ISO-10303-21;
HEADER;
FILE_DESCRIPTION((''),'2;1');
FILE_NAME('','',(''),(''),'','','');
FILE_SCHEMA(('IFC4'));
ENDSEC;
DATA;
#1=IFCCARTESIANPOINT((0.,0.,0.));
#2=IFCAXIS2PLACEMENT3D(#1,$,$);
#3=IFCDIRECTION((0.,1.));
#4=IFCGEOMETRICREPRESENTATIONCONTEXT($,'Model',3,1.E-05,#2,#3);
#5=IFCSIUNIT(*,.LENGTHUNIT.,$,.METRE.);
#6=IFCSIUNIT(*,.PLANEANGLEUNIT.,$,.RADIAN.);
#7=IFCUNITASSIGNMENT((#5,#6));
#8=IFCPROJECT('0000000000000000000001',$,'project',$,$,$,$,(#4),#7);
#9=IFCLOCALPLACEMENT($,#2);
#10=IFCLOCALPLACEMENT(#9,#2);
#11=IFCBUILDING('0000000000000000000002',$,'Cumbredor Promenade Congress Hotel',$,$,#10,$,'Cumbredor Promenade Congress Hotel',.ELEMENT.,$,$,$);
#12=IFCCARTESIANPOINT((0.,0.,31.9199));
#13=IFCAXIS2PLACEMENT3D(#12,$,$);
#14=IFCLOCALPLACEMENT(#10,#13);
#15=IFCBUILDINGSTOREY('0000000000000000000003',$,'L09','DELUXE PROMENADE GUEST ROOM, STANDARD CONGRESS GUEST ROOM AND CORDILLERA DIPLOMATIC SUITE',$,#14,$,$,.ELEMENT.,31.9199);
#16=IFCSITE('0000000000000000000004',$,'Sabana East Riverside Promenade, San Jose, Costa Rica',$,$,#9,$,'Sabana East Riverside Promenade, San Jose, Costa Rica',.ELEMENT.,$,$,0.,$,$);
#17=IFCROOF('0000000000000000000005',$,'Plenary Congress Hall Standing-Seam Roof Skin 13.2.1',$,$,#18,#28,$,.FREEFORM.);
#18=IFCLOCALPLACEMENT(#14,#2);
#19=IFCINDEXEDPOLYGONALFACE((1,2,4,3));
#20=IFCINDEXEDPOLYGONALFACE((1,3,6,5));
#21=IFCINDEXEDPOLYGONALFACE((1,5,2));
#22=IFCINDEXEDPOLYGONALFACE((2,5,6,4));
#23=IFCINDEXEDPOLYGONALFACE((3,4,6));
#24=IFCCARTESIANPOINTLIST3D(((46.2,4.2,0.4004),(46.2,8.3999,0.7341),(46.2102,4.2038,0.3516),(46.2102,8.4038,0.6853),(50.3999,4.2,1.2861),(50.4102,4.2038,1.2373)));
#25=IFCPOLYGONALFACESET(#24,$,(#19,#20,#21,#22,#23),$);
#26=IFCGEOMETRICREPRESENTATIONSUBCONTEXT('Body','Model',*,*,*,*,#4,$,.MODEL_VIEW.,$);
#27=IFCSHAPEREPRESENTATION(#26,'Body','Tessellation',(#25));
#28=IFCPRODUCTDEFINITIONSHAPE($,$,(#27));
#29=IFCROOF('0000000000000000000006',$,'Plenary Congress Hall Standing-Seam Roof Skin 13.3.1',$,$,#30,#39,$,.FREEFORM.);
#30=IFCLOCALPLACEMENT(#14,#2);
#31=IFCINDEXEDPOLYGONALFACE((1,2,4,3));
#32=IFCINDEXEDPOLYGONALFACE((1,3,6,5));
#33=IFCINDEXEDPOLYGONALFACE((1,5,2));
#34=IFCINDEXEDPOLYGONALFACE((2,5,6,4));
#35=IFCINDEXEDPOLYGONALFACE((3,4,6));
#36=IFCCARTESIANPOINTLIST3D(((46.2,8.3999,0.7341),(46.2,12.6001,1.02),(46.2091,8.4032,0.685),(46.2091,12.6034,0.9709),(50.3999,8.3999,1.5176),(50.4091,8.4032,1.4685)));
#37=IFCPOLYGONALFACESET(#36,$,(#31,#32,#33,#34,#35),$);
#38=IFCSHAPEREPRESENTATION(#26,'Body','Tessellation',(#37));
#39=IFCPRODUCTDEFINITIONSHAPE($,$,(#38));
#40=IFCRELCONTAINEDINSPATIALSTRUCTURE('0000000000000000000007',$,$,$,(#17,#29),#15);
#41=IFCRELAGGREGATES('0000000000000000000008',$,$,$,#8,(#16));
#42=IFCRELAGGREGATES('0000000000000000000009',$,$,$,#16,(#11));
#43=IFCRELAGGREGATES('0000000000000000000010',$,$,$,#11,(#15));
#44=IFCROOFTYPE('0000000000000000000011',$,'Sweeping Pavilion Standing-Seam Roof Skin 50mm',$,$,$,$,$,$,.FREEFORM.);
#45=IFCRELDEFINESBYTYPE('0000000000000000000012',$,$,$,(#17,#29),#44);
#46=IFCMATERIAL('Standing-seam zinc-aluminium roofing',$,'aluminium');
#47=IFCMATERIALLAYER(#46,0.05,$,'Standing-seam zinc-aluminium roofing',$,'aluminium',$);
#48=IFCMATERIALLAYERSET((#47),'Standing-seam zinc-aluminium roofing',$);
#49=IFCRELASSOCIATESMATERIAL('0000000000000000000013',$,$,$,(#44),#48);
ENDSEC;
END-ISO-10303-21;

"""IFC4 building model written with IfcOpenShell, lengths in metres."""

from ifc_helpers import new_model, si_unit, direction, frame, origin, place, context, subcontext, project, spatial, polyline, outline, extrude, material, layer, layer_set, type_object, element, save


model = new_model("IFC4")

# Units and contexts
model_context = context("Model", 3, precision=1e-05, world=origin(), true_north=direction((0.0, 1.0)))
body_context = subcontext(model_context, "Body", "Model", "MODEL_VIEW")
ifc_project = project(units=[si_unit("LENGTHUNIT", "METRE"), si_unit("PLANEANGLEUNIT", "RADIAN")], contexts=[model_context])

# Site, building, storey
site_placement = place(None, origin())
site = spatial("IfcSite", under=ifc_project, at=site_placement, Name="Sabana East Riverside Promenade, San Jose, Costa Rica", LongName="Sabana East Riverside Promenade, San Jose, Costa Rica", CompositionType="ELEMENT", RefElevation=0.0)
building_placement = place(site_placement, origin())
building = spatial("IfcBuilding", under=site, at=building_placement, Name="Cumbredor Promenade Congress Hotel", LongName="Cumbredor Promenade Congress Hotel", CompositionType="ELEMENT")
storey_placement = place(building_placement, frame((0.0, 0.0, 31.9199)))
storey = spatial("IfcBuildingStorey", under=building, at=storey_placement, Name="L09", Description="DELUXE PROMENADE GUEST ROOM, STANDARD CONGRESS GUEST ROOM AND CORDILLERA DIPLOMATIC SUITE", CompositionType="ELEMENT", Elevation=31.9199)

# Roofs
ifc_material_1 = material(Name="Standing-seam zinc-aluminium roofing", Category="aluminium")
ifc_layer_1 = layer(ifc_material_1, 0.05, Name="Standing-seam zinc-aluminium roofing", Category="aluminium")
ifc_layer_set_1 = layer_set([ifc_layer_1], Name="Standing-seam zinc-aluminium roofing")
roof_type = type_object("IfcRoofType", Name="Sweeping Pavilion Standing-Seam Roof Skin 50mm", PredefinedType="FREEFORM", material=ifc_layer_set_1)
roof_1_placement = place(storey_placement, frame((46.2, 4.2, 0.4004), z_axis=(-0.205734, -0.077519, 0.975533), x_axis=(0.978477, 0.0, 0.206354)))
element("IfcRoof", 1, at=roof_1_placement, inside=storey, type_object=roof_type, Name="Plenary Congress Hall Standing-Seam Roof Skin 13.2.1", PredefinedType="FREEFORM", context=body_context, shape_type="SweptSolid", body=[
    extrude(outline(polyline([(0.0, 0.0), (4.2923, 0.0), (0.0689, 4.2126), (0.0, 0.0)])), origin(), (0.0, 0.0, -1.0), 0.05),
])
roof_2_placement = place(storey_placement, frame((46.2, 8.3999, 0.7341), z_axis=(-0.182965, -0.066762, 0.98085), x_axis=(0.983043, 0.0, 0.183374)))
element("IfcRoof", 2, at=roof_2_placement, inside=storey, type_object=roof_type, Name="Plenary Congress Hall Standing-Seam Roof Skin 13.3.1", PredefinedType="FREEFORM", context=body_context, shape_type="SweptSolid", body=[
    extrude(outline(polyline([(0.0, 0.0), (4.2724, 0.0), (0.0524, 4.2096), (0.0, 0.0)])), origin(), (0.0, 0.0, -1.0), 0.05),
])

save(model, "model.ifc")
